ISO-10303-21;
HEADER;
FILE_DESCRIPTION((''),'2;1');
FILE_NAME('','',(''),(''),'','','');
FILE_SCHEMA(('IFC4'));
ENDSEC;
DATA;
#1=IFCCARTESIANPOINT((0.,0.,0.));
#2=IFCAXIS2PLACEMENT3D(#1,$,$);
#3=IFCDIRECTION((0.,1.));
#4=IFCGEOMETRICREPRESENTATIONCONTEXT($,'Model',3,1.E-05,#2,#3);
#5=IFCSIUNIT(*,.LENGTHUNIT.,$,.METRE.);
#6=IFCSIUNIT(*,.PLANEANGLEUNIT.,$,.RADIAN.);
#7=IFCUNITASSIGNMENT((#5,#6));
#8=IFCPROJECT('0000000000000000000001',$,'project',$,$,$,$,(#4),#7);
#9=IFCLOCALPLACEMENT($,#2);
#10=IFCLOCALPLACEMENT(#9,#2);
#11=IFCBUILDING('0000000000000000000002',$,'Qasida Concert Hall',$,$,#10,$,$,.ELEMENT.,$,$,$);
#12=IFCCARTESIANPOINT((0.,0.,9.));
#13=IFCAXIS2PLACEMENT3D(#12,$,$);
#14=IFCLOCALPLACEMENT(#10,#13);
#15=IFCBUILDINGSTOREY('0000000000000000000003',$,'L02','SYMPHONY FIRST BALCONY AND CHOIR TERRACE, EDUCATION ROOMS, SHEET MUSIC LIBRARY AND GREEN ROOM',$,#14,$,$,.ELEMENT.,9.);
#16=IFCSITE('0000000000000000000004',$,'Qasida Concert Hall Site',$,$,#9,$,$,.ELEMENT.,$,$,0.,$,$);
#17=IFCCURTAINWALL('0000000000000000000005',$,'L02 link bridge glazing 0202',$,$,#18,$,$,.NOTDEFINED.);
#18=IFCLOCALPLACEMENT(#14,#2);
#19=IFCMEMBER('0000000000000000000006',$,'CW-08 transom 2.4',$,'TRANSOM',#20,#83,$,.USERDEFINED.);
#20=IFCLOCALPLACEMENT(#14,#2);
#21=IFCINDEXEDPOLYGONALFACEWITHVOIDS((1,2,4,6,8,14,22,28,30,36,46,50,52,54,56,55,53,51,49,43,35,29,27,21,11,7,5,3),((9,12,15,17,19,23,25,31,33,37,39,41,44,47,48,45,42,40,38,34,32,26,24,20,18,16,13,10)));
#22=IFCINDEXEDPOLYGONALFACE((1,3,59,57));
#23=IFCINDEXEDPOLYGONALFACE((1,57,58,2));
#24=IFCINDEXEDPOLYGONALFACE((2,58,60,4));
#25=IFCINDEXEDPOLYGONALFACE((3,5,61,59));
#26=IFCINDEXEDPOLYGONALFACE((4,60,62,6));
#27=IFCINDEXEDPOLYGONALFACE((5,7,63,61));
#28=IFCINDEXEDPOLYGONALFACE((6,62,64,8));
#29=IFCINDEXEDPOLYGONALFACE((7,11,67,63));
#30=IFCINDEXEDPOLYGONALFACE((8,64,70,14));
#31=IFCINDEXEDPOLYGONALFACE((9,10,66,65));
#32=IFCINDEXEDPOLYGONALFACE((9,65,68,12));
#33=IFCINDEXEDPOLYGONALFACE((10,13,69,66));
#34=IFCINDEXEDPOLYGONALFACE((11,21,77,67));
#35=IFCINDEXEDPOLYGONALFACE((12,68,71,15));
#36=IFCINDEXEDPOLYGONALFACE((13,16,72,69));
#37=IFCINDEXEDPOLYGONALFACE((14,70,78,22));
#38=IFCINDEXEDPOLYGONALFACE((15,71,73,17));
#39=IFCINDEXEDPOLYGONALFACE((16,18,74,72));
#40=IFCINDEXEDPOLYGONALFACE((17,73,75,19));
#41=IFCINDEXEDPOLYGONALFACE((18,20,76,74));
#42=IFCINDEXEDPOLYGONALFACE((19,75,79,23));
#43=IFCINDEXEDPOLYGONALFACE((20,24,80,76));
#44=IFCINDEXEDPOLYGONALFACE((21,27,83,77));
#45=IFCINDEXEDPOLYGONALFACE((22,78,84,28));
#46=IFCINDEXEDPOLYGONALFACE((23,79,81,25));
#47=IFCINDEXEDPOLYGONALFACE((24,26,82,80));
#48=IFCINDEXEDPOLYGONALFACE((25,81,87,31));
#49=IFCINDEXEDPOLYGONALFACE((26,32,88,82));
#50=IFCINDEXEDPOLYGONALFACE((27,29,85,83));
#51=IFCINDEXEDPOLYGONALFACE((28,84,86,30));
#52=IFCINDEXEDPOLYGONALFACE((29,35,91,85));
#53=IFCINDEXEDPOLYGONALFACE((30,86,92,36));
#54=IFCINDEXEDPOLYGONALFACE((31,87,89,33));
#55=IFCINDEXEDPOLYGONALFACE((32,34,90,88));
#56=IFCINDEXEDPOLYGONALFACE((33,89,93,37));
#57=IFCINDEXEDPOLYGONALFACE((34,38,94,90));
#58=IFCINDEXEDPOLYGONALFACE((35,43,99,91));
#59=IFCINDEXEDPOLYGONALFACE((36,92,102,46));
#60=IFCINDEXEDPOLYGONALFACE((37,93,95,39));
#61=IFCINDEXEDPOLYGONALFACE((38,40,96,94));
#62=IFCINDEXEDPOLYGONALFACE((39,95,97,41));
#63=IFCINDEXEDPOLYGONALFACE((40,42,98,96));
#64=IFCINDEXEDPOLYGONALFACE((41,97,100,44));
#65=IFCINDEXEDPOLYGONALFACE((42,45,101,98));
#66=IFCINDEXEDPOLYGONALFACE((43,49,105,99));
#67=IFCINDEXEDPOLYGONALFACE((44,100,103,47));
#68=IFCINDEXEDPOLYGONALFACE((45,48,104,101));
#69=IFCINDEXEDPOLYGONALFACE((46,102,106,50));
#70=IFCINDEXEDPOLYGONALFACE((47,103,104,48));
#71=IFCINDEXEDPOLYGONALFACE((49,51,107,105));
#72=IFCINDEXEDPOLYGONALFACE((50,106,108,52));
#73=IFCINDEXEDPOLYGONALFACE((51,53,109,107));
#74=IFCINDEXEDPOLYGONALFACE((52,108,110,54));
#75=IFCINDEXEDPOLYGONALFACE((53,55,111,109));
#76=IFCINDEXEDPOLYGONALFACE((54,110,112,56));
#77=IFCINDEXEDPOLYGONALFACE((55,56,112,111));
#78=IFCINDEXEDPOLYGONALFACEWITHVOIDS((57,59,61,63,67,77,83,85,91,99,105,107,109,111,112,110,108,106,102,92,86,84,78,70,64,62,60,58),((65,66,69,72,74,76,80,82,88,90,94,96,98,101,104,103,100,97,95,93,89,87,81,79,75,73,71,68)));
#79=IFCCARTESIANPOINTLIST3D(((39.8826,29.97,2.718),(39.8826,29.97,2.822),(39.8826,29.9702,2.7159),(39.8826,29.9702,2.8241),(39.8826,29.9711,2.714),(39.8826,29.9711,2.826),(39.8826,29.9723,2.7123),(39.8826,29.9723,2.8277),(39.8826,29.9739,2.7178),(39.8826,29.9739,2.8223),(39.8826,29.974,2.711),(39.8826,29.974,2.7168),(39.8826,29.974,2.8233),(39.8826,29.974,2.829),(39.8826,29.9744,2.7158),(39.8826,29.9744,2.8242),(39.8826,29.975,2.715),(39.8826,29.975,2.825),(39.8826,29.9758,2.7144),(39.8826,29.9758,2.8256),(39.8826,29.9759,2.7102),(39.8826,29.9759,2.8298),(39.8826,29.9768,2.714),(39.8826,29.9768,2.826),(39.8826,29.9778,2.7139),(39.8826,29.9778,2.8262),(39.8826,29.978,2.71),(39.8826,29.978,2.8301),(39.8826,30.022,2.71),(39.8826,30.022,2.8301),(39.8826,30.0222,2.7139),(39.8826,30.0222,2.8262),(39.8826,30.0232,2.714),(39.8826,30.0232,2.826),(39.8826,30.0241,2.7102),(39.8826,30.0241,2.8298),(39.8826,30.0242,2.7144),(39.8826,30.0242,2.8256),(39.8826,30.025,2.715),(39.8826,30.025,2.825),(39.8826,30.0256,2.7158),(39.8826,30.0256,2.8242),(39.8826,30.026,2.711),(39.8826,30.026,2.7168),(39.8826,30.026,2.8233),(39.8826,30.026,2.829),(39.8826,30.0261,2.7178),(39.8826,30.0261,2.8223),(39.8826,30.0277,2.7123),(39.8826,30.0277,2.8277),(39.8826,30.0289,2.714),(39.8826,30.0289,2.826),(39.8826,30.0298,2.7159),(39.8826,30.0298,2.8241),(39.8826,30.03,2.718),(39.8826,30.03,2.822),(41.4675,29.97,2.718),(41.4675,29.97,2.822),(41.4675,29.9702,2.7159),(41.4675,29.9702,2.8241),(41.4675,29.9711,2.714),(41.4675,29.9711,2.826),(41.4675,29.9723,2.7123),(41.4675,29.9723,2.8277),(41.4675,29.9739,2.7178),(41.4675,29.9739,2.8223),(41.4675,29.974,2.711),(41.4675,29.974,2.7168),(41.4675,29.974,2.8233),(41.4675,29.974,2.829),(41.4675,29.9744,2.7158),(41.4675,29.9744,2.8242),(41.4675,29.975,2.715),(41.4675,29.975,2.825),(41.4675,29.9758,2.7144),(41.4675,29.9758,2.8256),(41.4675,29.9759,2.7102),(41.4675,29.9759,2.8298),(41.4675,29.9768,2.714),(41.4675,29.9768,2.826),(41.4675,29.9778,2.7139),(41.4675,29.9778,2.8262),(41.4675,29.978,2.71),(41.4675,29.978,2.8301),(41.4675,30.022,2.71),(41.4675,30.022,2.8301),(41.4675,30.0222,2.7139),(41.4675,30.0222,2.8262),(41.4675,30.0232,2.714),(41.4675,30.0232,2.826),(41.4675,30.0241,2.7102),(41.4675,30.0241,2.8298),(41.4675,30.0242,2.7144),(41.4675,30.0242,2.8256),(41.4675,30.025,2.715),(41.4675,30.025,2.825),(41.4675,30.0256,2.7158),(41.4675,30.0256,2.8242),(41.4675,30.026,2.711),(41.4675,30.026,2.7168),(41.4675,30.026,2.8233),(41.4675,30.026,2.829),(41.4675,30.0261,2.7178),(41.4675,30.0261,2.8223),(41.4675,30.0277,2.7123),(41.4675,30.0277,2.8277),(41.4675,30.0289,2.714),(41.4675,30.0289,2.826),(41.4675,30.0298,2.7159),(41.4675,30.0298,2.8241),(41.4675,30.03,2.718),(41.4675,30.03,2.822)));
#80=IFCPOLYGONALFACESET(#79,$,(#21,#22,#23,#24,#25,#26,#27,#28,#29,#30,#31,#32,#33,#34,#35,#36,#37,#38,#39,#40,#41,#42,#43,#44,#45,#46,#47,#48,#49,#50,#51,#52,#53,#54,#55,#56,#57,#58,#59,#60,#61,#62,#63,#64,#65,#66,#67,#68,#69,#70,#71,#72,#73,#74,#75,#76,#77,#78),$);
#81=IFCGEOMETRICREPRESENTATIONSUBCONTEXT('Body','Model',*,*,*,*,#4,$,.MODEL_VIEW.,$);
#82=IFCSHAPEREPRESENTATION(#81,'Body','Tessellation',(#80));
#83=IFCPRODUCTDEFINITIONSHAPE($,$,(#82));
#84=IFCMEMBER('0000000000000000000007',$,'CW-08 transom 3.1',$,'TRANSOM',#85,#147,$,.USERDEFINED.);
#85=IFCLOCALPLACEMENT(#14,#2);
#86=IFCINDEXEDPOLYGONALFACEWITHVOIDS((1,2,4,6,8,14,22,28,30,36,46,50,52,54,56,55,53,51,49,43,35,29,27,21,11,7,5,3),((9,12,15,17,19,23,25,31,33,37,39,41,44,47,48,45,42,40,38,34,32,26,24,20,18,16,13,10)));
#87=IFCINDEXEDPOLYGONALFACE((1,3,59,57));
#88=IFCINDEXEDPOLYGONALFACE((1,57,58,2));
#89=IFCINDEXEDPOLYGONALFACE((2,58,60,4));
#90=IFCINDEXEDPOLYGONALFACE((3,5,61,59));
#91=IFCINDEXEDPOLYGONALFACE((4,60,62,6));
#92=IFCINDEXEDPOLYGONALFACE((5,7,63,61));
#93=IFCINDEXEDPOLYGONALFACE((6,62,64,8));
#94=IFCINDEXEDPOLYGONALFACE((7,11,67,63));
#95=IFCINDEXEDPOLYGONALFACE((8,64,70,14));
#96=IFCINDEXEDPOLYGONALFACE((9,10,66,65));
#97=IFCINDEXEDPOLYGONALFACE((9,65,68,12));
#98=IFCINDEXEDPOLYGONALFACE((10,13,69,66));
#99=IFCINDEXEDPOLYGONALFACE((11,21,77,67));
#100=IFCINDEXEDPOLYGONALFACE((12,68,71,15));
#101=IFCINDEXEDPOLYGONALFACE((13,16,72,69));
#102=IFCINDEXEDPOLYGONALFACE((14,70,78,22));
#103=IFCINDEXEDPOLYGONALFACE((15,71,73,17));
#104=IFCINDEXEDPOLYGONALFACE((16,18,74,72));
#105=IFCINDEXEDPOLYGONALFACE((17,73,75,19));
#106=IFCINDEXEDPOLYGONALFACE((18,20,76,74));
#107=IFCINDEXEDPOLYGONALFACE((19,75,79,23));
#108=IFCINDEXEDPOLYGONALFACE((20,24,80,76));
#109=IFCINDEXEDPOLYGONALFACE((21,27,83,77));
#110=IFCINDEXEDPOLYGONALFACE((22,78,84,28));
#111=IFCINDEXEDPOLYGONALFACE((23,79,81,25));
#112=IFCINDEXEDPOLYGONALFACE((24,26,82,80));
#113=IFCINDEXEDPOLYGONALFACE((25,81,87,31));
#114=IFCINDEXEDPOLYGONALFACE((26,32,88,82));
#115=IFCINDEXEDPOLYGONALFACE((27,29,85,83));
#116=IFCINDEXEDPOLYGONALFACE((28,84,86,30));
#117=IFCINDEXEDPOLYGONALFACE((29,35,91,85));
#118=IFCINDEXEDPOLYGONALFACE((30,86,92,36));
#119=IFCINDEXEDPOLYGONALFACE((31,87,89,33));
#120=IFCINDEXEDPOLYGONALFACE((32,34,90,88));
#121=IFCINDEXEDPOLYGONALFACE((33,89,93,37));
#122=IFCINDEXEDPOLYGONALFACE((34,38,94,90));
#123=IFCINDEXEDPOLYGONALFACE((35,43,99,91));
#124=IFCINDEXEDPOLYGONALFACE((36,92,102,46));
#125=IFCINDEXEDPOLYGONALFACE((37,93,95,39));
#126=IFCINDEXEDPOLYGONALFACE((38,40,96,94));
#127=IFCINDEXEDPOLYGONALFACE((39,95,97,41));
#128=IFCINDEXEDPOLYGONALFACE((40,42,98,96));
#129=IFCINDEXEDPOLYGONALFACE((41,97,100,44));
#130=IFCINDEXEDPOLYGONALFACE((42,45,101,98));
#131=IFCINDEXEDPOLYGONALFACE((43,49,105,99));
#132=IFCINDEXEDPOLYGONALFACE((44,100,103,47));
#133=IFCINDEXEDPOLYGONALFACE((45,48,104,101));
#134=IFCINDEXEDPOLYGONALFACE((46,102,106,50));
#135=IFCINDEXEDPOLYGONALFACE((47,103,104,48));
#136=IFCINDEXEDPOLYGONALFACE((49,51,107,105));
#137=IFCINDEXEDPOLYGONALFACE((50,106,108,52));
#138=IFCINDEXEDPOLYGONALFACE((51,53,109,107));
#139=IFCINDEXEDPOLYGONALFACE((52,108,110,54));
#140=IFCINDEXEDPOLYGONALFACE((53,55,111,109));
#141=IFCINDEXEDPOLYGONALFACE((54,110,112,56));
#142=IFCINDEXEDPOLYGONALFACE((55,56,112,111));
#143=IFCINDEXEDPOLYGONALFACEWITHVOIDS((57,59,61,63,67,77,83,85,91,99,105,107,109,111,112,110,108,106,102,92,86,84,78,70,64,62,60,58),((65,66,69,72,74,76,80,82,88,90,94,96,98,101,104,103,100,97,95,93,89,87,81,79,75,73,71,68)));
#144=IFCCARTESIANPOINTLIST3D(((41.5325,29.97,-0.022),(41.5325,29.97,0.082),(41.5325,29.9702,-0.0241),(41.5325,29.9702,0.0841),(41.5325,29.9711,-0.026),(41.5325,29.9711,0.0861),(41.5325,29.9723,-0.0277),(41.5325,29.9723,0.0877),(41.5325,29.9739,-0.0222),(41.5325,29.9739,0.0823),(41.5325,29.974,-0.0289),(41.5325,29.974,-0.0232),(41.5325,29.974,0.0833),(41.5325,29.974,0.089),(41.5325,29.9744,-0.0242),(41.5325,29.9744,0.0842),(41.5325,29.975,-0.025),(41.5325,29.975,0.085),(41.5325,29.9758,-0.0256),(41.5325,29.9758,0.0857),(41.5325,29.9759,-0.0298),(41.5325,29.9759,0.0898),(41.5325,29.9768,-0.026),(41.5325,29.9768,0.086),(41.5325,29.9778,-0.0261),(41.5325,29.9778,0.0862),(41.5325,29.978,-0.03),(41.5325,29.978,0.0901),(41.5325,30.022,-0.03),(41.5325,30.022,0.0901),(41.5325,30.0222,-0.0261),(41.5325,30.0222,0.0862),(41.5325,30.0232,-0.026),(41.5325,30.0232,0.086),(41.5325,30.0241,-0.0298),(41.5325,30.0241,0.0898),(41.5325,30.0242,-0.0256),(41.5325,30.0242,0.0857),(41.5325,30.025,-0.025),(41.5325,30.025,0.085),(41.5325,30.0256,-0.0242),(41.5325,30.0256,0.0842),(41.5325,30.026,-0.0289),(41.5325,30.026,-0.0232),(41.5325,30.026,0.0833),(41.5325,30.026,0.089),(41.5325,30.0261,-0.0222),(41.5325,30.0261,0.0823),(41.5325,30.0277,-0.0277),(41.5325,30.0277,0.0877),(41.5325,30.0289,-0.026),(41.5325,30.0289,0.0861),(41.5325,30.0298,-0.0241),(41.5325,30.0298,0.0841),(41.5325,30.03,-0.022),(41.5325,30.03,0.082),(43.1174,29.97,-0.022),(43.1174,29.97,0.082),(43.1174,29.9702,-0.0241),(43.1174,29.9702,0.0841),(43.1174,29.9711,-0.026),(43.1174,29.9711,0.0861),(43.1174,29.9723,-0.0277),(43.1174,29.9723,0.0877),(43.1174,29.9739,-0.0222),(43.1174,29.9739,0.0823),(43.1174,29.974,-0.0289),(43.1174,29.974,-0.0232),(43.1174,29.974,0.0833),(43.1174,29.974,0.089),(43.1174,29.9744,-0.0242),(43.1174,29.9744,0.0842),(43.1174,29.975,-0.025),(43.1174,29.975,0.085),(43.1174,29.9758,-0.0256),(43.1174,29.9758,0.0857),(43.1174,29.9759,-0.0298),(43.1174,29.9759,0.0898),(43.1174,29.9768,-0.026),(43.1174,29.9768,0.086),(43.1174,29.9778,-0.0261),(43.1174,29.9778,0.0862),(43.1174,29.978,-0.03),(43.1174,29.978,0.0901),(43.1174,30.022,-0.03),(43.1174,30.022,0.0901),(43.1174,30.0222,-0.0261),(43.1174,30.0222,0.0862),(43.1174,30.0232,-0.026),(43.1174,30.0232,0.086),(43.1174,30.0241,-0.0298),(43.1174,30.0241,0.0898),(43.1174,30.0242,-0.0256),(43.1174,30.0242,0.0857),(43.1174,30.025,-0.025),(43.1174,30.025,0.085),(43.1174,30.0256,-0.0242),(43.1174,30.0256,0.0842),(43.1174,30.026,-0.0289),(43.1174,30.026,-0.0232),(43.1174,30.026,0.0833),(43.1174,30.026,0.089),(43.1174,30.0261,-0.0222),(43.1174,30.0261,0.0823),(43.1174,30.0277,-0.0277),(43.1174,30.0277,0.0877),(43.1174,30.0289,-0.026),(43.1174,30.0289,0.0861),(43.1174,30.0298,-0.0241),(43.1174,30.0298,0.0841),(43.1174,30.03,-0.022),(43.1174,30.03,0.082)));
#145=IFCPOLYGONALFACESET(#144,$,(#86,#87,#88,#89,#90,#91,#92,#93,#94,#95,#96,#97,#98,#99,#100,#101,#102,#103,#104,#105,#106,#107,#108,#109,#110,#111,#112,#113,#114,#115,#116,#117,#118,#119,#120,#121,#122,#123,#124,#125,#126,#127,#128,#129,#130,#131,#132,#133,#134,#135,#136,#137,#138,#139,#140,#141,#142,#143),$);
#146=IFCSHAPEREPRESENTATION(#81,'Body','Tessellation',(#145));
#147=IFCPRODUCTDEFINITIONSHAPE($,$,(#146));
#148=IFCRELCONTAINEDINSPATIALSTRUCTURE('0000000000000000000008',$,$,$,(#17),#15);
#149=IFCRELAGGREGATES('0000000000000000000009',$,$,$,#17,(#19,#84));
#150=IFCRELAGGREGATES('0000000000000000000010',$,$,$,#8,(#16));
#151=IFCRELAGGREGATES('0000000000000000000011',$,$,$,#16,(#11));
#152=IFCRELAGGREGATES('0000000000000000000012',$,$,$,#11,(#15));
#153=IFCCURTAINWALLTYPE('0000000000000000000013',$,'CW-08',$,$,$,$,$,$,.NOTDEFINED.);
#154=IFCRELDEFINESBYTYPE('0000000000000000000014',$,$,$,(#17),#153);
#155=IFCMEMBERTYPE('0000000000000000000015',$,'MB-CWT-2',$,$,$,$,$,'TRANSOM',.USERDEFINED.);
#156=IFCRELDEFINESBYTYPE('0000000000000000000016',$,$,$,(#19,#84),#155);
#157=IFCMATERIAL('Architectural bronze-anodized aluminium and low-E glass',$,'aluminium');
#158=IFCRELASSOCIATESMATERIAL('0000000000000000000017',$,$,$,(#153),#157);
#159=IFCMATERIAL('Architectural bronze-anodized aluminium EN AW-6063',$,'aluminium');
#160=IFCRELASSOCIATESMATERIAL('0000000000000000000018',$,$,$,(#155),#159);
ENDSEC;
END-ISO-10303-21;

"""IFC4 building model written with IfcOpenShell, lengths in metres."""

from ifc_helpers import new_model, si_unit, direction, frame, origin, origin_2d, place, context, subcontext, project, spatial, hollow_rectangle, extrude, material, material_profile, profile_set, type_object, element, aggregate, save


model = new_model("IFC4")

# Units and contexts
model_context = context("Model", 3, precision=1e-05, world=origin(), true_north=direction((0.0, 1.0)))
body_context = subcontext(model_context, "Body", "Model", "MODEL_VIEW")
ifc_project = project(units=[si_unit("LENGTHUNIT", "METRE"), si_unit("PLANEANGLEUNIT", "RADIAN")], contexts=[model_context])

# Site, building, storey
site_placement = place(None, origin())
site = spatial("IfcSite", under=ifc_project, at=site_placement, Name="Qasida Concert Hall Site", CompositionType="ELEMENT", RefElevation=0.0)
building_placement = place(site_placement, origin())
building = spatial("IfcBuilding", under=site, at=building_placement, Name="Qasida Concert Hall", CompositionType="ELEMENT")
storey_placement = place(building_placement, frame((0.0, 0.0, 9.0)))
storey = spatial("IfcBuildingStorey", under=building, at=storey_placement, Name="L02", Description="SYMPHONY FIRST BALCONY AND CHOIR TERRACE, EDUCATION ROOMS, SHEET MUSIC LIBRARY AND GREEN ROOM", CompositionType="ELEMENT", Elevation=9.0)

# Curtain wall, members
ifc_material_1 = material(Name="Architectural bronze-anodized aluminium and low-E glass", Category="aluminium")
curtain_wall_type = type_object("IfcCurtainWallType", Name="CW-08", PredefinedType="NOTDEFINED", material=ifc_material_1)
curtain_wall_placement = place(storey_placement, origin())
curtain_wall = element("IfcCurtainWall", 1, at=curtain_wall_placement, inside=storey, type_object=curtain_wall_type, Name="L02 link bridge glazing 0202", PredefinedType="NOTDEFINED")
ifc_material_2 = material(Name="Architectural bronze-anodized aluminium EN AW-6063", Category="aluminium")
ifc_material_profile_1 = material_profile(ifc_material_2, hollow_rectangle(XDim=0.0601, YDim=0.1201, WallThickness=0.0039, InnerFilletRadius=0.0039, OuterFilletRadius=0.0081, at=origin_2d()), Name="CWT 120x60x4")
ifc_profile_set_1 = profile_set([ifc_material_profile_1], Name="Architectural bronze-anodized aluminium EN AW-6063")
member_type_1 = type_object("IfcMemberType", Name="MB-CWT-2", ElementType="TRANSOM", PredefinedType="USERDEFINED", material=ifc_profile_set_1)
member_1_placement = place(storey_placement, frame((39.8826, 30.0, 2.77), z_axis=(1.0, 0.0, 0.0), x_axis=(0.0, 1.0, 0.0)))
member_1 = element("IfcMember", 2, at=member_1_placement, type_object=member_type_1, Name="CW-08 transom 2.4", ObjectType="TRANSOM", PredefinedType="USERDEFINED", context=body_context, shape_type="SweptSolid", body=[
    extrude(hollow_rectangle(XDim=0.0601, YDim=0.1201, WallThickness=0.0039, InnerFilletRadius=0.0039, OuterFilletRadius=0.0081, at=origin_2d()), origin(), (0.0, 0.0, 1.0), 1.585),
])
member_2_placement = place(storey_placement, frame((41.5325, 30.0, 0.03), z_axis=(1.0, 0.0, 0.0), x_axis=(0.0, 1.0, 0.0)))
member_2 = element("IfcMember", 3, at=member_2_placement, type_object=member_type_1, Name="CW-08 transom 3.1", ObjectType="TRANSOM", PredefinedType="USERDEFINED", context=body_context, shape_type="SweptSolid", body=[
    extrude(hollow_rectangle(XDim=0.0601, YDim=0.1201, WallThickness=0.0039, InnerFilletRadius=0.0039, OuterFilletRadius=0.0081, at=origin_2d()), origin(), (0.0, 0.0, 1.0), 1.585),
])
aggregate(curtain_wall, [member_1, member_2])

save(model, "model.ifc")
